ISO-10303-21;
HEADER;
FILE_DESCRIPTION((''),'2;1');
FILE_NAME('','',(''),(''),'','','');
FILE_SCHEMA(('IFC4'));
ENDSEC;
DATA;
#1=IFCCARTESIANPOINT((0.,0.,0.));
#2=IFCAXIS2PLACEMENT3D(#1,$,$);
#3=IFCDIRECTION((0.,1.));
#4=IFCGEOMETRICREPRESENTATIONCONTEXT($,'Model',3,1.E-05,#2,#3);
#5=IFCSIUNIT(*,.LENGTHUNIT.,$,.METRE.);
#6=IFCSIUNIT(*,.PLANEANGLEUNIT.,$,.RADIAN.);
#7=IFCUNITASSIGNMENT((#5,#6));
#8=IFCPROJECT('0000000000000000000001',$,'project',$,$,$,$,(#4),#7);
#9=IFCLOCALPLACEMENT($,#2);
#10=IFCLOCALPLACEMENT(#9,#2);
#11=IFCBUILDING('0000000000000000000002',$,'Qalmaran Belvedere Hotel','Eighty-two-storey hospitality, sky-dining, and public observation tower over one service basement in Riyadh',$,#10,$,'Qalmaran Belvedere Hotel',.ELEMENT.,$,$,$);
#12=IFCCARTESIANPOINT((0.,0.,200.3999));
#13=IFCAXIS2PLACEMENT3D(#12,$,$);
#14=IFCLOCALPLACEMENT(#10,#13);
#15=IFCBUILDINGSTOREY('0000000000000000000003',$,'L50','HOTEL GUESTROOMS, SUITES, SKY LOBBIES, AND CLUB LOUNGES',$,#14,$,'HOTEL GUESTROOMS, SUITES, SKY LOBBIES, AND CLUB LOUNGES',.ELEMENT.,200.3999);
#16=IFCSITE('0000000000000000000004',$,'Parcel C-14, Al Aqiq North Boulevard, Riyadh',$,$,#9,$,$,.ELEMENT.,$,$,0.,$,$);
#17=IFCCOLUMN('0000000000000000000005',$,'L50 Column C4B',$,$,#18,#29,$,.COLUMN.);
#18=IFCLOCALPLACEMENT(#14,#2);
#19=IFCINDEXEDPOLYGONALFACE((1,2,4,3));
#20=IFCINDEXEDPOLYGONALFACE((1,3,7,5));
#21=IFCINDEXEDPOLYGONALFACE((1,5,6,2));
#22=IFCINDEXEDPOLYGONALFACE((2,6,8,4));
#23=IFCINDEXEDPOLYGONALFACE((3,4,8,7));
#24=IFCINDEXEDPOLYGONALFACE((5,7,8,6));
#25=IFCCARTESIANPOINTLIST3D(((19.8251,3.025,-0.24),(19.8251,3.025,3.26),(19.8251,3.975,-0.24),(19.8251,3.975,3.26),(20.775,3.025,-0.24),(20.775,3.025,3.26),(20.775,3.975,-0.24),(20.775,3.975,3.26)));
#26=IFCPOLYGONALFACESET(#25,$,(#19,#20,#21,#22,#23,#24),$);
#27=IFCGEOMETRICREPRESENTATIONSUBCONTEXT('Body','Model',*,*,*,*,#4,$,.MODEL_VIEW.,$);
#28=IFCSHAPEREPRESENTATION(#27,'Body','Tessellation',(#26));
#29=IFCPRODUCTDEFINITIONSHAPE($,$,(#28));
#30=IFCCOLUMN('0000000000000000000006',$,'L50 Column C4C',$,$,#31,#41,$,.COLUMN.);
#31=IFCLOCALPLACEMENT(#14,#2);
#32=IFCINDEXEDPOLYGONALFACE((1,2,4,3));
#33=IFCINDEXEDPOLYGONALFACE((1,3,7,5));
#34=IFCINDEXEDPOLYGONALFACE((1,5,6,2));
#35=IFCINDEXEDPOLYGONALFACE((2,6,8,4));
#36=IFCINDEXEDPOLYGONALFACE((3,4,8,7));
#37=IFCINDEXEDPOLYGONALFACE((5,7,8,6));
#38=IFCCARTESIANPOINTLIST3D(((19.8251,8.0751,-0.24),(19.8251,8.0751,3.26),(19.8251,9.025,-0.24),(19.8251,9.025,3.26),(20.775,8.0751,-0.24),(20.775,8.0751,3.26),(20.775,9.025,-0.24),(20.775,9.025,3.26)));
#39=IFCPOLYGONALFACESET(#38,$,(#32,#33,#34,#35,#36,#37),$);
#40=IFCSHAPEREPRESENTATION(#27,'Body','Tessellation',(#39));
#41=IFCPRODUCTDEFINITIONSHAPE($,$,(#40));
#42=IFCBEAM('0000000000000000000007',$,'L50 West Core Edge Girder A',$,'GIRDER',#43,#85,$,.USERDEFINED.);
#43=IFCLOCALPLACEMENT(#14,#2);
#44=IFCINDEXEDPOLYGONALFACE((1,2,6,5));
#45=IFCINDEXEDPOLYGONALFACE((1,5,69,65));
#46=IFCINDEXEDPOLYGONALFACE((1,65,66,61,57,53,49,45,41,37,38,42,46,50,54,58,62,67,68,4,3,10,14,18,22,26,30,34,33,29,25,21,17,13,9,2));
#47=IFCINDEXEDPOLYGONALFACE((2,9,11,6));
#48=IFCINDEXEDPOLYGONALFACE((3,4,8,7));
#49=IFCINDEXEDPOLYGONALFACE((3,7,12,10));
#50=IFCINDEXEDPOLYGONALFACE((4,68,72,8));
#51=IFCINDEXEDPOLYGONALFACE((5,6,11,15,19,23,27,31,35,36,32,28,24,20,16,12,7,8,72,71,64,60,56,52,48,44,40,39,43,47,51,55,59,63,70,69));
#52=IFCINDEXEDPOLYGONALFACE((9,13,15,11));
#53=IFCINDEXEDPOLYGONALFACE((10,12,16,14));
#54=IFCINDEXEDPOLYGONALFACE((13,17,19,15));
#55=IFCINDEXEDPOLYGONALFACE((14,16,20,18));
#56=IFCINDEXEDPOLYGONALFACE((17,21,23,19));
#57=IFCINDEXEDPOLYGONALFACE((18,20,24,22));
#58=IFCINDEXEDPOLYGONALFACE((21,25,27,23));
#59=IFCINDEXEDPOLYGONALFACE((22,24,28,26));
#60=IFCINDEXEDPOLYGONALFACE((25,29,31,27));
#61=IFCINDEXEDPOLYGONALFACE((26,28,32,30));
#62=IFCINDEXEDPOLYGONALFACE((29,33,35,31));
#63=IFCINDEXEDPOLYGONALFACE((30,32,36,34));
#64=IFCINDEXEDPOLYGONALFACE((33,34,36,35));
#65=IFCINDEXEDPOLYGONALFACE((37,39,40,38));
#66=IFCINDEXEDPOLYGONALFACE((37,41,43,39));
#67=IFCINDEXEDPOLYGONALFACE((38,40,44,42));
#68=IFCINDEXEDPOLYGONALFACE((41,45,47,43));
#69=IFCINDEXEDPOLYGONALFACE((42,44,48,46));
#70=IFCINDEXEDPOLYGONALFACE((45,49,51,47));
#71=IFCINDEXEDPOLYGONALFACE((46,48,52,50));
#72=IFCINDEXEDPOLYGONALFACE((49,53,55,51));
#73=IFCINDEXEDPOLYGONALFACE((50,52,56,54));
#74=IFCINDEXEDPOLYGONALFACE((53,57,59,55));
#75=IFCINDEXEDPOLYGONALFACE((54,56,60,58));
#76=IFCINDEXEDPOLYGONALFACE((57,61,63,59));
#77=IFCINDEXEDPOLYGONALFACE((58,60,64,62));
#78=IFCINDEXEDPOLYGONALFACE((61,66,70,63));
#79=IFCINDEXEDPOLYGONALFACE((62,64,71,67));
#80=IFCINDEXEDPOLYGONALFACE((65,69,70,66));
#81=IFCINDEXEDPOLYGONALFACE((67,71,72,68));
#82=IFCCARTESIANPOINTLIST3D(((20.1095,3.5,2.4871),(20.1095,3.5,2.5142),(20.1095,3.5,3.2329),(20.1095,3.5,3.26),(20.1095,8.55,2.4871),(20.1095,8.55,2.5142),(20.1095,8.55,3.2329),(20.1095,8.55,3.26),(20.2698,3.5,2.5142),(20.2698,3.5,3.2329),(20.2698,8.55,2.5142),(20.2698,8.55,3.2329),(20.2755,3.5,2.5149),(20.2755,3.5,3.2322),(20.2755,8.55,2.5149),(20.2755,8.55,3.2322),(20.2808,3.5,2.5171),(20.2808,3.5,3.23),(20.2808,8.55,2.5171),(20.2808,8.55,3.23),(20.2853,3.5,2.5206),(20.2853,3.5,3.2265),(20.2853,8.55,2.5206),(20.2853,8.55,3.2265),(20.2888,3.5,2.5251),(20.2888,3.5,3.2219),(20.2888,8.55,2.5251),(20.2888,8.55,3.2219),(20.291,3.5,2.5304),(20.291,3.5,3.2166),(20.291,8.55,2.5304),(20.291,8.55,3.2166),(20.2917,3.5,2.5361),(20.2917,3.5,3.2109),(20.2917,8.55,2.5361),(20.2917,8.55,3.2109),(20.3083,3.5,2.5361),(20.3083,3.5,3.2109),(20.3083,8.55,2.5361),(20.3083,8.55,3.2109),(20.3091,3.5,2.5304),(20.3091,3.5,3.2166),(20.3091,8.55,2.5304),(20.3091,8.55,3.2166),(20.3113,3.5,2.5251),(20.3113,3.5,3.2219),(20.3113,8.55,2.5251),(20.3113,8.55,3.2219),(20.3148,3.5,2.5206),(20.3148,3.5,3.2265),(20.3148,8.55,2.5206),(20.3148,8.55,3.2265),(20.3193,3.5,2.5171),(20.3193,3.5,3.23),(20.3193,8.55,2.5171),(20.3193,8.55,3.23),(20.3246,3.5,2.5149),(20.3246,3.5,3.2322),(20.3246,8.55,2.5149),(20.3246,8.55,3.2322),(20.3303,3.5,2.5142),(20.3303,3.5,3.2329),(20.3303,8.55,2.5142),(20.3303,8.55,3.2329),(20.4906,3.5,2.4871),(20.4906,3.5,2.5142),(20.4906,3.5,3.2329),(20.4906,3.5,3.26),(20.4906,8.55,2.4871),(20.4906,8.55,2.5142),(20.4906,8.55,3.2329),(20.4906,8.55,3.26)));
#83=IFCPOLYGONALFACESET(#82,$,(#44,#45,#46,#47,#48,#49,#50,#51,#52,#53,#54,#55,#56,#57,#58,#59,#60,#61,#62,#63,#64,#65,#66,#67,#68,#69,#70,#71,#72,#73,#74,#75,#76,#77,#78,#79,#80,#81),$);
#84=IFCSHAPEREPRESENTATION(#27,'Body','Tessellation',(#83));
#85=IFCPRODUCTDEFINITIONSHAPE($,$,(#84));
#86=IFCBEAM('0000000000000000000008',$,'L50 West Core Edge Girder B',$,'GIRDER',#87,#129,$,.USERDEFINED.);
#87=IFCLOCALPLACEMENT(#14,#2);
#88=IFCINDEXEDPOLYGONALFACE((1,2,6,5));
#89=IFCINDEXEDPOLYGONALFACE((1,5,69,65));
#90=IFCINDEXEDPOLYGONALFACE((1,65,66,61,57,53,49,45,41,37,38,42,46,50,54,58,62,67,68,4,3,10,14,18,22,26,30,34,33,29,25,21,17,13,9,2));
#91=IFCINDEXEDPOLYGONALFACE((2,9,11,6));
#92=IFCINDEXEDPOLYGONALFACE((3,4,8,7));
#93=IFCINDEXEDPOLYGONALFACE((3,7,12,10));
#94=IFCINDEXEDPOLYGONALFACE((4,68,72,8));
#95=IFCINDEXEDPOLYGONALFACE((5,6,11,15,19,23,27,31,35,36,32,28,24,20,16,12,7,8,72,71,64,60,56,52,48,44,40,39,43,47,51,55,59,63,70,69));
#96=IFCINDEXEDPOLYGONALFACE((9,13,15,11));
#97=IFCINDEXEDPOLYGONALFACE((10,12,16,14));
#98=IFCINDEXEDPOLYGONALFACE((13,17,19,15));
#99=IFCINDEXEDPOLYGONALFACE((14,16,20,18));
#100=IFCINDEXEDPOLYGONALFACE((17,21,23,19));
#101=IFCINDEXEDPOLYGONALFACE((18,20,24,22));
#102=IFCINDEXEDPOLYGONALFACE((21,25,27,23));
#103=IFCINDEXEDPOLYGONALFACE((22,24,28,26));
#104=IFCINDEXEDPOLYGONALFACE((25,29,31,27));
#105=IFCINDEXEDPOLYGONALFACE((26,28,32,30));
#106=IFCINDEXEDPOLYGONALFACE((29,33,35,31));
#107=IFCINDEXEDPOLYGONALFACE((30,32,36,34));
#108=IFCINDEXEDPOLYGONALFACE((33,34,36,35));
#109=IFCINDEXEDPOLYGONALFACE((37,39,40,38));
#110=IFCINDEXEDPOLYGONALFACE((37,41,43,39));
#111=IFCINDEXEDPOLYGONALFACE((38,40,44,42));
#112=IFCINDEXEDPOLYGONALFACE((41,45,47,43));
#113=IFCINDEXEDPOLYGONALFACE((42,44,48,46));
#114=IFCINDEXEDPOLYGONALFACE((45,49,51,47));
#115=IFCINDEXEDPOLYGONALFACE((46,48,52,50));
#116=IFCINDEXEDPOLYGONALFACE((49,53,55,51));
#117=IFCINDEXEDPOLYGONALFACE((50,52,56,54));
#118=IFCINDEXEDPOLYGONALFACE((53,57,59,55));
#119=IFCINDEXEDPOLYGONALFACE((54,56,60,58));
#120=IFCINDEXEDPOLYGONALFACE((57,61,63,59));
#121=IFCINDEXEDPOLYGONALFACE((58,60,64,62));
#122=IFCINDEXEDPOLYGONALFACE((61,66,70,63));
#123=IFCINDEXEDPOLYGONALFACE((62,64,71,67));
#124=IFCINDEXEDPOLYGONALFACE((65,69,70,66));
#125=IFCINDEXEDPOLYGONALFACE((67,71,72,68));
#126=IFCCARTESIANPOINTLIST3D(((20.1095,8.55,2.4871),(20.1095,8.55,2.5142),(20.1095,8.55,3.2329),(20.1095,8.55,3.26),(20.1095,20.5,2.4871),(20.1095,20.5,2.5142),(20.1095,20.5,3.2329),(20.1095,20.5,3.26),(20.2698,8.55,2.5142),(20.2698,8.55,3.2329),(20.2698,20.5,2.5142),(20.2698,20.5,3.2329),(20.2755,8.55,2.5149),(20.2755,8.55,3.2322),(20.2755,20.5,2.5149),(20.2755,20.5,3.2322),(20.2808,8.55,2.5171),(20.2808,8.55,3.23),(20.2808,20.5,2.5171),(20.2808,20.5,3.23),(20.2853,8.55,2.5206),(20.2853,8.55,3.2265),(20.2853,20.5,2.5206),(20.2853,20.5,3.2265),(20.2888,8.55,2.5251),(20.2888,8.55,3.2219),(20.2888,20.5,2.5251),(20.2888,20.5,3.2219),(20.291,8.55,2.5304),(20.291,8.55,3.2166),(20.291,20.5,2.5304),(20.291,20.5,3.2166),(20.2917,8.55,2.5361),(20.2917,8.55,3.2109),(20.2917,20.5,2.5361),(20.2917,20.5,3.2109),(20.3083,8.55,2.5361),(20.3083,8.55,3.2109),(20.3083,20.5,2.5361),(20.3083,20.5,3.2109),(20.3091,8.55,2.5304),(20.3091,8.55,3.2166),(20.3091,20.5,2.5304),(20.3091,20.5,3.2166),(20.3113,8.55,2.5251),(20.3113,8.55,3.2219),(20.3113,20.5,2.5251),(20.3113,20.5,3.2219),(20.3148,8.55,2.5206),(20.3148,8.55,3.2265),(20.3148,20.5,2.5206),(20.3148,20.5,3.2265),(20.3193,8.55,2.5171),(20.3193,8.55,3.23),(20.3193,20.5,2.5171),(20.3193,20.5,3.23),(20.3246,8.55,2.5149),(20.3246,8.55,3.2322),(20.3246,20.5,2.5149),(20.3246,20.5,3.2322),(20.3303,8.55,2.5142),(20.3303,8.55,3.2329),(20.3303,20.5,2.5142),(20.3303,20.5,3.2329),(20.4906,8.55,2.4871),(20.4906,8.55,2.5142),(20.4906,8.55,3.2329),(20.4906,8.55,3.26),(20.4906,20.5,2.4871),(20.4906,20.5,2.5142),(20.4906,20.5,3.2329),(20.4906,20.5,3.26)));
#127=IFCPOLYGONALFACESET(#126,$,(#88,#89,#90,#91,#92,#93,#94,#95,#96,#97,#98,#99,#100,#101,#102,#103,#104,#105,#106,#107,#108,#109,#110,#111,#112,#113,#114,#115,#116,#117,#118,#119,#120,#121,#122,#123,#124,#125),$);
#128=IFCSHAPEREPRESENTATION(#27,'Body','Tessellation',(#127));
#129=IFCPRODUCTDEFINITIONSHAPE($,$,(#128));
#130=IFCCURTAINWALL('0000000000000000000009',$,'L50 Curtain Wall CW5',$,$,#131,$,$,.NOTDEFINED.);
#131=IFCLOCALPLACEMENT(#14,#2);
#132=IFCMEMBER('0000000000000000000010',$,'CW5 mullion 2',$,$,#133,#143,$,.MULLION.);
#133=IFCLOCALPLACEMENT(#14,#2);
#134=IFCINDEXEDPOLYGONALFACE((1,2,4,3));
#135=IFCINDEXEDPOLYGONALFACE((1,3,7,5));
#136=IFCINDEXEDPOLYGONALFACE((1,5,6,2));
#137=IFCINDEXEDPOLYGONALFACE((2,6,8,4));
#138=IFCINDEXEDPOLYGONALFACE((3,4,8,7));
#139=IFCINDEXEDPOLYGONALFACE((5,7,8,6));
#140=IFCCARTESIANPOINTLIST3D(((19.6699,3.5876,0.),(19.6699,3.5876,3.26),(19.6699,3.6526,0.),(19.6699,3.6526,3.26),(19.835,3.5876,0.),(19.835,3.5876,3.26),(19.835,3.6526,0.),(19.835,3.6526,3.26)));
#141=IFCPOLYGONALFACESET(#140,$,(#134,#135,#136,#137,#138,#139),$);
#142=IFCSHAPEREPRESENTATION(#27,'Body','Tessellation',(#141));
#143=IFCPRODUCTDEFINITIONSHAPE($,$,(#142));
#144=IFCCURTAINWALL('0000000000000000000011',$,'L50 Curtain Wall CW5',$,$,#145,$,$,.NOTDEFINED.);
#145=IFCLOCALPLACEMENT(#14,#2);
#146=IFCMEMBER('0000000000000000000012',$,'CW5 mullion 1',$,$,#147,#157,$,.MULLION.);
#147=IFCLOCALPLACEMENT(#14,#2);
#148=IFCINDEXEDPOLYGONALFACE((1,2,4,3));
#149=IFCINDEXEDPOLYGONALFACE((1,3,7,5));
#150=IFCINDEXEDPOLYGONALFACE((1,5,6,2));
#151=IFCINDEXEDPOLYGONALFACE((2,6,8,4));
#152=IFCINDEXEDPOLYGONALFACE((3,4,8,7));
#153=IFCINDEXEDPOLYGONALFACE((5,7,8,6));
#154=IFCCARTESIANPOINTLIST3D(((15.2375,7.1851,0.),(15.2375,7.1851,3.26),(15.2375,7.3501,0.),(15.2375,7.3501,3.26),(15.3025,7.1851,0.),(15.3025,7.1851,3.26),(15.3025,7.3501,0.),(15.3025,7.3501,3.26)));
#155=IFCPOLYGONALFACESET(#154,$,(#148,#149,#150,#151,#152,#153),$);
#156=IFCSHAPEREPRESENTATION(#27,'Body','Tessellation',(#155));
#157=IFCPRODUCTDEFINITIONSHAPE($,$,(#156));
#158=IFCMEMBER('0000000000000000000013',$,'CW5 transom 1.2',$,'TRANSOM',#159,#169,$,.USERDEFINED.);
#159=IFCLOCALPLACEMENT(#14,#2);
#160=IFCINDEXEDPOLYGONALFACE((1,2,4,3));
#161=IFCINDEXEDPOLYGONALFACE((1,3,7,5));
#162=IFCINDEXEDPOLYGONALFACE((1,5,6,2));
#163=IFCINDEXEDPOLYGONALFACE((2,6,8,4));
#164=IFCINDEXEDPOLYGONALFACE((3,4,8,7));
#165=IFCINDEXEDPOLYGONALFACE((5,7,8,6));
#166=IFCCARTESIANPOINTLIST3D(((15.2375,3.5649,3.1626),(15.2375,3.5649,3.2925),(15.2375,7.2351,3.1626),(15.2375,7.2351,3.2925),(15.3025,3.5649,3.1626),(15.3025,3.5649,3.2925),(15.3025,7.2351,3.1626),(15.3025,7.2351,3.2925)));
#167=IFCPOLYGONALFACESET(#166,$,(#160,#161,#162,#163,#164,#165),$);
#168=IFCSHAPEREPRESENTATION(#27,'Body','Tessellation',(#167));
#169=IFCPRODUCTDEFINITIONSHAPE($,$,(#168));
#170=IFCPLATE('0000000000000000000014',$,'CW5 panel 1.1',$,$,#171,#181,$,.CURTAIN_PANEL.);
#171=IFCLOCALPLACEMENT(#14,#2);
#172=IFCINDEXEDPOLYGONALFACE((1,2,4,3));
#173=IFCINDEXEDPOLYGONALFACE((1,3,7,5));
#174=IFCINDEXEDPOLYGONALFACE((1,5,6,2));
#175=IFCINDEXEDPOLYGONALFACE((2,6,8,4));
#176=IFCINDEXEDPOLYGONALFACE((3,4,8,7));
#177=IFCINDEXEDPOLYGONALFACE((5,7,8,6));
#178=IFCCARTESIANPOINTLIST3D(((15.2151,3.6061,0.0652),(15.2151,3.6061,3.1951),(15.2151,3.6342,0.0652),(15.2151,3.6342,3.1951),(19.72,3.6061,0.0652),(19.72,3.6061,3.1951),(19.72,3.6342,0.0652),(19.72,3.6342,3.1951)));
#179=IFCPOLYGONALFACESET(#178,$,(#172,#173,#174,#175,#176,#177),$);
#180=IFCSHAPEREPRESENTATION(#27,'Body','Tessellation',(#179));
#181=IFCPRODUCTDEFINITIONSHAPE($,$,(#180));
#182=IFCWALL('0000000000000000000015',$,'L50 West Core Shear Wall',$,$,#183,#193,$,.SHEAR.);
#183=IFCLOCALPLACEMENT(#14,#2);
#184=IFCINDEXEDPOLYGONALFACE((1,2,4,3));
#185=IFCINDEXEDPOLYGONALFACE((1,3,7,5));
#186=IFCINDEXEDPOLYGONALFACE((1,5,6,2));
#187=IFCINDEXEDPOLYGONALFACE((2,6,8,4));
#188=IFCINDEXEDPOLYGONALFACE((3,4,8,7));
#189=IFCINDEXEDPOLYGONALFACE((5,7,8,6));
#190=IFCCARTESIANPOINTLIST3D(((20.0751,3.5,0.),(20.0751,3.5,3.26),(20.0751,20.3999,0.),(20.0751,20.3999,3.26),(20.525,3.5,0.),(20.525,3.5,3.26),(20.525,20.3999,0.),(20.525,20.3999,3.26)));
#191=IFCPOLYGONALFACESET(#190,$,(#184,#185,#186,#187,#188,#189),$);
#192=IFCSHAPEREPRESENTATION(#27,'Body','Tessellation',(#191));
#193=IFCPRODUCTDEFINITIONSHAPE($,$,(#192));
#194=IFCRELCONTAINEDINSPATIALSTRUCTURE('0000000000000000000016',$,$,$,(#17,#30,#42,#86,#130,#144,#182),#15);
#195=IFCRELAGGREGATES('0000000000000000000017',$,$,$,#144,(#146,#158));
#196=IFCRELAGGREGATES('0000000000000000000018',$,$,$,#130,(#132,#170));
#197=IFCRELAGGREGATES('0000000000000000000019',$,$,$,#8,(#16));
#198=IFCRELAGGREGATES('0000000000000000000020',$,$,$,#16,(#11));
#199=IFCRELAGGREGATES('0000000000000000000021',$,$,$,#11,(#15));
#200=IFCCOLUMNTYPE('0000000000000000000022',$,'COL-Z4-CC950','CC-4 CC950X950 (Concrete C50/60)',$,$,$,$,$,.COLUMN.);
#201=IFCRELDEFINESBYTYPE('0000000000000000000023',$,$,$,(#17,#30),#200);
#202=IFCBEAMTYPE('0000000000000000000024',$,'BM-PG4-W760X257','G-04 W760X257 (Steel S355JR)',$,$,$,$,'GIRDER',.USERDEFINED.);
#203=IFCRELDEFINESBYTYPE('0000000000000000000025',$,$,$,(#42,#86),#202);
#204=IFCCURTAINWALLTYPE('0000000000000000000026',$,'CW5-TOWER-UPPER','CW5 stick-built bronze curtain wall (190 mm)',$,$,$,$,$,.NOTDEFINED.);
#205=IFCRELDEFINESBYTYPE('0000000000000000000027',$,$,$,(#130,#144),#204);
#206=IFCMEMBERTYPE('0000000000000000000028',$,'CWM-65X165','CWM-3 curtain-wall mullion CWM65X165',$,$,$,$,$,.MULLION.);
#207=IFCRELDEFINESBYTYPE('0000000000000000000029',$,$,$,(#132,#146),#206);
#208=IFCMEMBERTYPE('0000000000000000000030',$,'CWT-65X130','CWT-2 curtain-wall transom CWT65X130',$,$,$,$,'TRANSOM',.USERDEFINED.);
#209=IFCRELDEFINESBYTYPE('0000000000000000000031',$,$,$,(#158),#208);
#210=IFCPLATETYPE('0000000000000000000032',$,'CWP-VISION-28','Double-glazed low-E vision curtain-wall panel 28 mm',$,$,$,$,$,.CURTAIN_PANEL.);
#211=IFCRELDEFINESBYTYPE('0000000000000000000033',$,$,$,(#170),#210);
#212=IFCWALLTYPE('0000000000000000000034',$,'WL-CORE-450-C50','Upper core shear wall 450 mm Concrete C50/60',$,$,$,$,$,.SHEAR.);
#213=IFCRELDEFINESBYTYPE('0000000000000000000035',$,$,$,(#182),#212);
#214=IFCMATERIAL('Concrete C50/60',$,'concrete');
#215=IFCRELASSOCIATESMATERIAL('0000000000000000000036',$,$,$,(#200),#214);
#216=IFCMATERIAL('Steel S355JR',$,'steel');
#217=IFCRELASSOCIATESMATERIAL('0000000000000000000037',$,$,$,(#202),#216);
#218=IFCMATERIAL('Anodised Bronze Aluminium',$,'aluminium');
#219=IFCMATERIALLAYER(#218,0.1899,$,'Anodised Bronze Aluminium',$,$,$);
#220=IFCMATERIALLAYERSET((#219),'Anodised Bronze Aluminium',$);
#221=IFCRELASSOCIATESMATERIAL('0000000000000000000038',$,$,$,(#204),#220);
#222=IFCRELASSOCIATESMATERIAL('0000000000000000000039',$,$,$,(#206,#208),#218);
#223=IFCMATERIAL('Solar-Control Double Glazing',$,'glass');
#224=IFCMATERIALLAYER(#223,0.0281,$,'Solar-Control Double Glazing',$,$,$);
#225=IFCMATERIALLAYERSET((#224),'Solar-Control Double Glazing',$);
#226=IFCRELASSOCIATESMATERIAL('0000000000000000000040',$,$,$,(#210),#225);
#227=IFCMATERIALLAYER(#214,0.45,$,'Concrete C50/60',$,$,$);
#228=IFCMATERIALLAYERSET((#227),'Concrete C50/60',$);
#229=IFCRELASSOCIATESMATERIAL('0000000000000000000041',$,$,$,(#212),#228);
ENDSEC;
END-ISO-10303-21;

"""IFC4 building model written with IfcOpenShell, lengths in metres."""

from ifc_helpers import new_model, si_unit, direction, frame, frame_2d, origin, origin_2d, place, context, subcontext, project, spatial, rectangle, i_section, extrude, material, layer, layer_set, material_profile, profile_set, type_object, element, aggregate, save


model = new_model("IFC4")

# Units and contexts
model_context = context("Model", 3, precision=1e-05, world=origin(), true_north=direction((0.0, 1.0)))
body_context = subcontext(model_context, "Body", "Model", "MODEL_VIEW")
ifc_project = project(units=[si_unit("LENGTHUNIT", "METRE"), si_unit("PLANEANGLEUNIT", "RADIAN")], contexts=[model_context])

# Site, building, storey
site_placement = place(None, origin())
site = spatial("IfcSite", under=ifc_project, at=site_placement, Name="Parcel C-14, Al Aqiq North Boulevard, Riyadh", CompositionType="ELEMENT", RefElevation=0.0)
building_placement = place(site_placement, origin())
building = spatial("IfcBuilding", under=site, at=building_placement, Name="Qalmaran Belvedere Hotel", Description="Eighty-two-storey hospitality, sky-dining, and public observation tower over one service basement in Riyadh", LongName="Qalmaran Belvedere Hotel", CompositionType="ELEMENT")
storey_placement = place(building_placement, frame((0.0, 0.0, 200.3999)))
storey = spatial("IfcBuildingStorey", under=building, at=storey_placement, Name="L50", Description="HOTEL GUESTROOMS, SUITES, SKY LOBBIES, AND CLUB LOUNGES", LongName="HOTEL GUESTROOMS, SUITES, SKY LOBBIES, AND CLUB LOUNGES", CompositionType="ELEMENT", Elevation=200.3999)

# Columns
ifc_material_1 = material(Name="Concrete C50/60", Category="concrete")
ifc_material_profile_1 = material_profile(ifc_material_1, rectangle(XDim=0.95, YDim=0.95, at=origin_2d()), Name="CC950X950")
ifc_profile_set_1 = profile_set([ifc_material_profile_1], Name="Concrete C50/60")
column_type = type_object("IfcColumnType", Name="COL-Z4-CC950", Description="CC-4 CC950X950 (Concrete C50/60)", PredefinedType="COLUMN", material=ifc_profile_set_1)
for number, where, z_axis, x_axis, name in (
    (1, (20.3, 3.5, -0.24), (0.0, 0.0, 1.0), (1.0, 0.0, 0.0), "L50 Column C4B"),
    (2, (20.3, 8.55, -0.24), (0.0, 0.0, 1.0), (1.0, 0.0, 0.0), "L50 Column C4C"),
):
    element("IfcColumn", number, at=place(storey_placement, frame(where, z_axis=z_axis, x_axis=x_axis)), inside=storey, type_object=column_type, Name=name, PredefinedType="COLUMN", context=body_context, shape_type="SweptSolid", body=[
        extrude(rectangle(XDim=0.95, YDim=0.95, at=origin_2d()), origin(), (0.0, 0.0, 1.0), 3.5),
    ])

# Beams
ifc_material_2 = material(Name="Steel S355JR", Category="steel")
ifc_material_profile_2 = material_profile(ifc_material_2, i_section(OverallWidth=0.3811, OverallDepth=0.7729, WebThickness=0.0166, FlangeThickness=0.0271, FilletRadius=0.022, at=origin_2d()), Name="W760X257")
ifc_profile_set_2 = profile_set([ifc_material_profile_2], Name="Steel S355JR")
beam_type = type_object("IfcBeamType", Name="BM-PG4-W760X257", Description="G-04 W760X257 (Steel S355JR)", ElementType="GIRDER", PredefinedType="USERDEFINED", material=ifc_profile_set_2)
beam_1_placement = place(storey_placement, frame((20.3, 3.5, 2.8735), z_axis=(0.0, 1.0, 0.0), x_axis=(-1.0, 0.0, 0.0)))
element("IfcBeam", 3, at=beam_1_placement, inside=storey, type_object=beam_type, Name="L50 West Core Edge Girder A", ObjectType="GIRDER", PredefinedType="USERDEFINED", context=body_context, shape_type="SweptSolid", body=[
    extrude(i_section(OverallWidth=0.3811, OverallDepth=0.7729, WebThickness=0.0166, FlangeThickness=0.0271, FilletRadius=0.022, at=origin_2d()), origin(), (0.0, 0.0, 1.0), 5.05),
])
beam_2_placement = place(storey_placement, frame((20.3, 8.55, 2.8735), z_axis=(0.0, 1.0, 0.0), x_axis=(-1.0, 0.0, 0.0)))
element("IfcBeam", 4, at=beam_2_placement, inside=storey, type_object=beam_type, Name="L50 West Core Edge Girder B", ObjectType="GIRDER", PredefinedType="USERDEFINED", context=body_context, shape_type="SweptSolid", body=[
    extrude(i_section(OverallWidth=0.3811, OverallDepth=0.7729, WebThickness=0.0166, FlangeThickness=0.0271, FilletRadius=0.022, at=origin_2d()), origin(), (0.0, 0.0, 1.0), 11.95),
])

# Curtain wall, member
ifc_material_3 = material(Name="Anodised Bronze Aluminium", Category="aluminium")
ifc_layer_1 = layer(ifc_material_3, 0.1899, Name="Anodised Bronze Aluminium")
ifc_layer_set_1 = layer_set([ifc_layer_1], Name="Anodised Bronze Aluminium")
curtain_wall_type = type_object("IfcCurtainWallType", Name="CW5-TOWER-UPPER", Description="CW5 stick-built bronze curtain wall (190 mm)", PredefinedType="NOTDEFINED", material=ifc_layer_set_1)
curtain_wall_1_placement = place(storey_placement, origin())
curtain_wall_1 = element("IfcCurtainWall", 5, at=curtain_wall_1_placement, inside=storey, type_object=curtain_wall_type, Name="L50 Curtain Wall CW5", PredefinedType="NOTDEFINED")
ifc_material_profile_3 = material_profile(ifc_material_3, rectangle(XDim=0.0649, YDim=0.165, at=origin_2d()), Name="CWM65X165")
ifc_profile_set_3 = profile_set([ifc_material_profile_3], Name="Anodised Bronze Aluminium")
member_type_1 = type_object("IfcMemberType", Name="CWM-65X165", Description="CWM-3 curtain-wall mullion CWM65X165", PredefinedType="MULLION", material=ifc_profile_set_3)
member_1_placement = place(storey_placement, frame((19.7524, 3.6201, 0.0), z_axis=(0.0, 0.0, 1.0), x_axis=(0.0, 1.0, 0.0)))
member_1 = element("IfcMember", 6, at=member_1_placement, type_object=member_type_1, Name="CW5 mullion 2", PredefinedType="MULLION", context=body_context, shape_type="SweptSolid", body=[
    extrude(rectangle(XDim=0.0649, YDim=0.165, at=origin_2d()), origin(), (0.0, 0.0, 1.0), 3.26),
])

# Curtain wall, members
curtain_wall_2_placement = place(storey_placement, origin())
curtain_wall_2 = element("IfcCurtainWall", 7, at=curtain_wall_2_placement, inside=storey, type_object=curtain_wall_type, Name="L50 Curtain Wall CW5", PredefinedType="NOTDEFINED")
member_2_placement = place(storey_placement, frame((15.27, 7.2676, 0.0), z_axis=(0.0, 0.0, 1.0), x_axis=(1.0, 0.0, 0.0)))
member_2 = element("IfcMember", 8, at=member_2_placement, type_object=member_type_1, Name="CW5 mullion 1", PredefinedType="MULLION", context=body_context, shape_type="SweptSolid", body=[
    extrude(rectangle(XDim=0.0649, YDim=0.165, at=origin_2d()), origin(), (0.0, 0.0, 1.0), 3.26),
])
ifc_material_profile_4 = material_profile(ifc_material_3, rectangle(XDim=0.0649, YDim=0.1299, at=origin_2d()), Name="CWT65X130")
ifc_profile_set_4 = profile_set([ifc_material_profile_4], Name="Anodised Bronze Aluminium")
member_type_2 = type_object("IfcMemberType", Name="CWT-65X130", Description="CWT-2 curtain-wall transom CWT65X130", ElementType="TRANSOM", PredefinedType="USERDEFINED", material=ifc_profile_set_4)
member_3_placement = place(storey_placement, frame((15.27, 7.2351, 3.2275), z_axis=(0.0, -1.0, 0.0), x_axis=(1.0, 0.0, 0.0)))
member_3 = element("IfcMember", 9, at=member_3_placement, type_object=member_type_2, Name="CW5 transom 1.2", ObjectType="TRANSOM", PredefinedType="USERDEFINED", context=body_context, shape_type="SweptSolid", body=[
    extrude(rectangle(XDim=0.0649, YDim=0.1299, at=origin_2d()), origin(), (0.0, 0.0, 1.0), 3.6702),
])
aggregate(curtain_wall_2, [member_2, member_3])

# Plate
ifc_material_4 = material(Name="Solar-Control Double Glazing", Category="glass")
ifc_layer_2 = layer(ifc_material_4, 0.0281, Name="Solar-Control Double Glazing")
ifc_layer_set_2 = layer_set([ifc_layer_2], Name="Solar-Control Double Glazing")
plate_type = type_object("IfcPlateType", Name="CWP-VISION-28", Description="Double-glazed low-E vision curtain-wall panel 28 mm", PredefinedType="CURTAIN_PANEL", material=ifc_layer_set_2)
plate_placement = place(storey_placement, frame((17.4675, 3.6201, 0.0652), z_axis=(0.0, 0.0, 1.0), x_axis=(1.0, 0.0, 0.0)))
plate = element("IfcPlate", 10, at=plate_placement, type_object=plate_type, Name="CW5 panel 1.1", PredefinedType="CURTAIN_PANEL", context=body_context, shape_type="SweptSolid", body=[
    extrude(rectangle(XDim=4.5049, YDim=0.0281, at=origin_2d()), origin(), (0.0, 0.0, 1.0), 3.1299),
])
aggregate(curtain_wall_1, [member_1, plate])

# Wall
ifc_layer_3 = layer(ifc_material_1, 0.45, Name="Concrete C50/60")
ifc_layer_set_3 = layer_set([ifc_layer_3], Name="Concrete C50/60")
wall_type_1 = type_object("IfcWallType", Name="WL-CORE-450-C50", Description="Upper core shear wall 450 mm Concrete C50/60", PredefinedType="SHEAR", material=ifc_layer_set_3)
wall_1_placement = place(storey_placement, frame((20.3, 3.5, 0.0), z_axis=(0.0, 0.0, 1.0), x_axis=(0.0, 1.0, 0.0)))
element("IfcWall", 11, at=wall_1_placement, inside=storey, type_object=wall_type_1, Name="L50 West Core Shear Wall", PredefinedType="SHEAR", context=body_context, shape_type="SweptSolid", body=[
    extrude(rectangle(XDim=16.8999, YDim=0.45, at=frame_2d((8.45, 0.0))), origin(), (0.0, 0.0, 1.0), 3.26),
])

save(model, "model.ifc")
